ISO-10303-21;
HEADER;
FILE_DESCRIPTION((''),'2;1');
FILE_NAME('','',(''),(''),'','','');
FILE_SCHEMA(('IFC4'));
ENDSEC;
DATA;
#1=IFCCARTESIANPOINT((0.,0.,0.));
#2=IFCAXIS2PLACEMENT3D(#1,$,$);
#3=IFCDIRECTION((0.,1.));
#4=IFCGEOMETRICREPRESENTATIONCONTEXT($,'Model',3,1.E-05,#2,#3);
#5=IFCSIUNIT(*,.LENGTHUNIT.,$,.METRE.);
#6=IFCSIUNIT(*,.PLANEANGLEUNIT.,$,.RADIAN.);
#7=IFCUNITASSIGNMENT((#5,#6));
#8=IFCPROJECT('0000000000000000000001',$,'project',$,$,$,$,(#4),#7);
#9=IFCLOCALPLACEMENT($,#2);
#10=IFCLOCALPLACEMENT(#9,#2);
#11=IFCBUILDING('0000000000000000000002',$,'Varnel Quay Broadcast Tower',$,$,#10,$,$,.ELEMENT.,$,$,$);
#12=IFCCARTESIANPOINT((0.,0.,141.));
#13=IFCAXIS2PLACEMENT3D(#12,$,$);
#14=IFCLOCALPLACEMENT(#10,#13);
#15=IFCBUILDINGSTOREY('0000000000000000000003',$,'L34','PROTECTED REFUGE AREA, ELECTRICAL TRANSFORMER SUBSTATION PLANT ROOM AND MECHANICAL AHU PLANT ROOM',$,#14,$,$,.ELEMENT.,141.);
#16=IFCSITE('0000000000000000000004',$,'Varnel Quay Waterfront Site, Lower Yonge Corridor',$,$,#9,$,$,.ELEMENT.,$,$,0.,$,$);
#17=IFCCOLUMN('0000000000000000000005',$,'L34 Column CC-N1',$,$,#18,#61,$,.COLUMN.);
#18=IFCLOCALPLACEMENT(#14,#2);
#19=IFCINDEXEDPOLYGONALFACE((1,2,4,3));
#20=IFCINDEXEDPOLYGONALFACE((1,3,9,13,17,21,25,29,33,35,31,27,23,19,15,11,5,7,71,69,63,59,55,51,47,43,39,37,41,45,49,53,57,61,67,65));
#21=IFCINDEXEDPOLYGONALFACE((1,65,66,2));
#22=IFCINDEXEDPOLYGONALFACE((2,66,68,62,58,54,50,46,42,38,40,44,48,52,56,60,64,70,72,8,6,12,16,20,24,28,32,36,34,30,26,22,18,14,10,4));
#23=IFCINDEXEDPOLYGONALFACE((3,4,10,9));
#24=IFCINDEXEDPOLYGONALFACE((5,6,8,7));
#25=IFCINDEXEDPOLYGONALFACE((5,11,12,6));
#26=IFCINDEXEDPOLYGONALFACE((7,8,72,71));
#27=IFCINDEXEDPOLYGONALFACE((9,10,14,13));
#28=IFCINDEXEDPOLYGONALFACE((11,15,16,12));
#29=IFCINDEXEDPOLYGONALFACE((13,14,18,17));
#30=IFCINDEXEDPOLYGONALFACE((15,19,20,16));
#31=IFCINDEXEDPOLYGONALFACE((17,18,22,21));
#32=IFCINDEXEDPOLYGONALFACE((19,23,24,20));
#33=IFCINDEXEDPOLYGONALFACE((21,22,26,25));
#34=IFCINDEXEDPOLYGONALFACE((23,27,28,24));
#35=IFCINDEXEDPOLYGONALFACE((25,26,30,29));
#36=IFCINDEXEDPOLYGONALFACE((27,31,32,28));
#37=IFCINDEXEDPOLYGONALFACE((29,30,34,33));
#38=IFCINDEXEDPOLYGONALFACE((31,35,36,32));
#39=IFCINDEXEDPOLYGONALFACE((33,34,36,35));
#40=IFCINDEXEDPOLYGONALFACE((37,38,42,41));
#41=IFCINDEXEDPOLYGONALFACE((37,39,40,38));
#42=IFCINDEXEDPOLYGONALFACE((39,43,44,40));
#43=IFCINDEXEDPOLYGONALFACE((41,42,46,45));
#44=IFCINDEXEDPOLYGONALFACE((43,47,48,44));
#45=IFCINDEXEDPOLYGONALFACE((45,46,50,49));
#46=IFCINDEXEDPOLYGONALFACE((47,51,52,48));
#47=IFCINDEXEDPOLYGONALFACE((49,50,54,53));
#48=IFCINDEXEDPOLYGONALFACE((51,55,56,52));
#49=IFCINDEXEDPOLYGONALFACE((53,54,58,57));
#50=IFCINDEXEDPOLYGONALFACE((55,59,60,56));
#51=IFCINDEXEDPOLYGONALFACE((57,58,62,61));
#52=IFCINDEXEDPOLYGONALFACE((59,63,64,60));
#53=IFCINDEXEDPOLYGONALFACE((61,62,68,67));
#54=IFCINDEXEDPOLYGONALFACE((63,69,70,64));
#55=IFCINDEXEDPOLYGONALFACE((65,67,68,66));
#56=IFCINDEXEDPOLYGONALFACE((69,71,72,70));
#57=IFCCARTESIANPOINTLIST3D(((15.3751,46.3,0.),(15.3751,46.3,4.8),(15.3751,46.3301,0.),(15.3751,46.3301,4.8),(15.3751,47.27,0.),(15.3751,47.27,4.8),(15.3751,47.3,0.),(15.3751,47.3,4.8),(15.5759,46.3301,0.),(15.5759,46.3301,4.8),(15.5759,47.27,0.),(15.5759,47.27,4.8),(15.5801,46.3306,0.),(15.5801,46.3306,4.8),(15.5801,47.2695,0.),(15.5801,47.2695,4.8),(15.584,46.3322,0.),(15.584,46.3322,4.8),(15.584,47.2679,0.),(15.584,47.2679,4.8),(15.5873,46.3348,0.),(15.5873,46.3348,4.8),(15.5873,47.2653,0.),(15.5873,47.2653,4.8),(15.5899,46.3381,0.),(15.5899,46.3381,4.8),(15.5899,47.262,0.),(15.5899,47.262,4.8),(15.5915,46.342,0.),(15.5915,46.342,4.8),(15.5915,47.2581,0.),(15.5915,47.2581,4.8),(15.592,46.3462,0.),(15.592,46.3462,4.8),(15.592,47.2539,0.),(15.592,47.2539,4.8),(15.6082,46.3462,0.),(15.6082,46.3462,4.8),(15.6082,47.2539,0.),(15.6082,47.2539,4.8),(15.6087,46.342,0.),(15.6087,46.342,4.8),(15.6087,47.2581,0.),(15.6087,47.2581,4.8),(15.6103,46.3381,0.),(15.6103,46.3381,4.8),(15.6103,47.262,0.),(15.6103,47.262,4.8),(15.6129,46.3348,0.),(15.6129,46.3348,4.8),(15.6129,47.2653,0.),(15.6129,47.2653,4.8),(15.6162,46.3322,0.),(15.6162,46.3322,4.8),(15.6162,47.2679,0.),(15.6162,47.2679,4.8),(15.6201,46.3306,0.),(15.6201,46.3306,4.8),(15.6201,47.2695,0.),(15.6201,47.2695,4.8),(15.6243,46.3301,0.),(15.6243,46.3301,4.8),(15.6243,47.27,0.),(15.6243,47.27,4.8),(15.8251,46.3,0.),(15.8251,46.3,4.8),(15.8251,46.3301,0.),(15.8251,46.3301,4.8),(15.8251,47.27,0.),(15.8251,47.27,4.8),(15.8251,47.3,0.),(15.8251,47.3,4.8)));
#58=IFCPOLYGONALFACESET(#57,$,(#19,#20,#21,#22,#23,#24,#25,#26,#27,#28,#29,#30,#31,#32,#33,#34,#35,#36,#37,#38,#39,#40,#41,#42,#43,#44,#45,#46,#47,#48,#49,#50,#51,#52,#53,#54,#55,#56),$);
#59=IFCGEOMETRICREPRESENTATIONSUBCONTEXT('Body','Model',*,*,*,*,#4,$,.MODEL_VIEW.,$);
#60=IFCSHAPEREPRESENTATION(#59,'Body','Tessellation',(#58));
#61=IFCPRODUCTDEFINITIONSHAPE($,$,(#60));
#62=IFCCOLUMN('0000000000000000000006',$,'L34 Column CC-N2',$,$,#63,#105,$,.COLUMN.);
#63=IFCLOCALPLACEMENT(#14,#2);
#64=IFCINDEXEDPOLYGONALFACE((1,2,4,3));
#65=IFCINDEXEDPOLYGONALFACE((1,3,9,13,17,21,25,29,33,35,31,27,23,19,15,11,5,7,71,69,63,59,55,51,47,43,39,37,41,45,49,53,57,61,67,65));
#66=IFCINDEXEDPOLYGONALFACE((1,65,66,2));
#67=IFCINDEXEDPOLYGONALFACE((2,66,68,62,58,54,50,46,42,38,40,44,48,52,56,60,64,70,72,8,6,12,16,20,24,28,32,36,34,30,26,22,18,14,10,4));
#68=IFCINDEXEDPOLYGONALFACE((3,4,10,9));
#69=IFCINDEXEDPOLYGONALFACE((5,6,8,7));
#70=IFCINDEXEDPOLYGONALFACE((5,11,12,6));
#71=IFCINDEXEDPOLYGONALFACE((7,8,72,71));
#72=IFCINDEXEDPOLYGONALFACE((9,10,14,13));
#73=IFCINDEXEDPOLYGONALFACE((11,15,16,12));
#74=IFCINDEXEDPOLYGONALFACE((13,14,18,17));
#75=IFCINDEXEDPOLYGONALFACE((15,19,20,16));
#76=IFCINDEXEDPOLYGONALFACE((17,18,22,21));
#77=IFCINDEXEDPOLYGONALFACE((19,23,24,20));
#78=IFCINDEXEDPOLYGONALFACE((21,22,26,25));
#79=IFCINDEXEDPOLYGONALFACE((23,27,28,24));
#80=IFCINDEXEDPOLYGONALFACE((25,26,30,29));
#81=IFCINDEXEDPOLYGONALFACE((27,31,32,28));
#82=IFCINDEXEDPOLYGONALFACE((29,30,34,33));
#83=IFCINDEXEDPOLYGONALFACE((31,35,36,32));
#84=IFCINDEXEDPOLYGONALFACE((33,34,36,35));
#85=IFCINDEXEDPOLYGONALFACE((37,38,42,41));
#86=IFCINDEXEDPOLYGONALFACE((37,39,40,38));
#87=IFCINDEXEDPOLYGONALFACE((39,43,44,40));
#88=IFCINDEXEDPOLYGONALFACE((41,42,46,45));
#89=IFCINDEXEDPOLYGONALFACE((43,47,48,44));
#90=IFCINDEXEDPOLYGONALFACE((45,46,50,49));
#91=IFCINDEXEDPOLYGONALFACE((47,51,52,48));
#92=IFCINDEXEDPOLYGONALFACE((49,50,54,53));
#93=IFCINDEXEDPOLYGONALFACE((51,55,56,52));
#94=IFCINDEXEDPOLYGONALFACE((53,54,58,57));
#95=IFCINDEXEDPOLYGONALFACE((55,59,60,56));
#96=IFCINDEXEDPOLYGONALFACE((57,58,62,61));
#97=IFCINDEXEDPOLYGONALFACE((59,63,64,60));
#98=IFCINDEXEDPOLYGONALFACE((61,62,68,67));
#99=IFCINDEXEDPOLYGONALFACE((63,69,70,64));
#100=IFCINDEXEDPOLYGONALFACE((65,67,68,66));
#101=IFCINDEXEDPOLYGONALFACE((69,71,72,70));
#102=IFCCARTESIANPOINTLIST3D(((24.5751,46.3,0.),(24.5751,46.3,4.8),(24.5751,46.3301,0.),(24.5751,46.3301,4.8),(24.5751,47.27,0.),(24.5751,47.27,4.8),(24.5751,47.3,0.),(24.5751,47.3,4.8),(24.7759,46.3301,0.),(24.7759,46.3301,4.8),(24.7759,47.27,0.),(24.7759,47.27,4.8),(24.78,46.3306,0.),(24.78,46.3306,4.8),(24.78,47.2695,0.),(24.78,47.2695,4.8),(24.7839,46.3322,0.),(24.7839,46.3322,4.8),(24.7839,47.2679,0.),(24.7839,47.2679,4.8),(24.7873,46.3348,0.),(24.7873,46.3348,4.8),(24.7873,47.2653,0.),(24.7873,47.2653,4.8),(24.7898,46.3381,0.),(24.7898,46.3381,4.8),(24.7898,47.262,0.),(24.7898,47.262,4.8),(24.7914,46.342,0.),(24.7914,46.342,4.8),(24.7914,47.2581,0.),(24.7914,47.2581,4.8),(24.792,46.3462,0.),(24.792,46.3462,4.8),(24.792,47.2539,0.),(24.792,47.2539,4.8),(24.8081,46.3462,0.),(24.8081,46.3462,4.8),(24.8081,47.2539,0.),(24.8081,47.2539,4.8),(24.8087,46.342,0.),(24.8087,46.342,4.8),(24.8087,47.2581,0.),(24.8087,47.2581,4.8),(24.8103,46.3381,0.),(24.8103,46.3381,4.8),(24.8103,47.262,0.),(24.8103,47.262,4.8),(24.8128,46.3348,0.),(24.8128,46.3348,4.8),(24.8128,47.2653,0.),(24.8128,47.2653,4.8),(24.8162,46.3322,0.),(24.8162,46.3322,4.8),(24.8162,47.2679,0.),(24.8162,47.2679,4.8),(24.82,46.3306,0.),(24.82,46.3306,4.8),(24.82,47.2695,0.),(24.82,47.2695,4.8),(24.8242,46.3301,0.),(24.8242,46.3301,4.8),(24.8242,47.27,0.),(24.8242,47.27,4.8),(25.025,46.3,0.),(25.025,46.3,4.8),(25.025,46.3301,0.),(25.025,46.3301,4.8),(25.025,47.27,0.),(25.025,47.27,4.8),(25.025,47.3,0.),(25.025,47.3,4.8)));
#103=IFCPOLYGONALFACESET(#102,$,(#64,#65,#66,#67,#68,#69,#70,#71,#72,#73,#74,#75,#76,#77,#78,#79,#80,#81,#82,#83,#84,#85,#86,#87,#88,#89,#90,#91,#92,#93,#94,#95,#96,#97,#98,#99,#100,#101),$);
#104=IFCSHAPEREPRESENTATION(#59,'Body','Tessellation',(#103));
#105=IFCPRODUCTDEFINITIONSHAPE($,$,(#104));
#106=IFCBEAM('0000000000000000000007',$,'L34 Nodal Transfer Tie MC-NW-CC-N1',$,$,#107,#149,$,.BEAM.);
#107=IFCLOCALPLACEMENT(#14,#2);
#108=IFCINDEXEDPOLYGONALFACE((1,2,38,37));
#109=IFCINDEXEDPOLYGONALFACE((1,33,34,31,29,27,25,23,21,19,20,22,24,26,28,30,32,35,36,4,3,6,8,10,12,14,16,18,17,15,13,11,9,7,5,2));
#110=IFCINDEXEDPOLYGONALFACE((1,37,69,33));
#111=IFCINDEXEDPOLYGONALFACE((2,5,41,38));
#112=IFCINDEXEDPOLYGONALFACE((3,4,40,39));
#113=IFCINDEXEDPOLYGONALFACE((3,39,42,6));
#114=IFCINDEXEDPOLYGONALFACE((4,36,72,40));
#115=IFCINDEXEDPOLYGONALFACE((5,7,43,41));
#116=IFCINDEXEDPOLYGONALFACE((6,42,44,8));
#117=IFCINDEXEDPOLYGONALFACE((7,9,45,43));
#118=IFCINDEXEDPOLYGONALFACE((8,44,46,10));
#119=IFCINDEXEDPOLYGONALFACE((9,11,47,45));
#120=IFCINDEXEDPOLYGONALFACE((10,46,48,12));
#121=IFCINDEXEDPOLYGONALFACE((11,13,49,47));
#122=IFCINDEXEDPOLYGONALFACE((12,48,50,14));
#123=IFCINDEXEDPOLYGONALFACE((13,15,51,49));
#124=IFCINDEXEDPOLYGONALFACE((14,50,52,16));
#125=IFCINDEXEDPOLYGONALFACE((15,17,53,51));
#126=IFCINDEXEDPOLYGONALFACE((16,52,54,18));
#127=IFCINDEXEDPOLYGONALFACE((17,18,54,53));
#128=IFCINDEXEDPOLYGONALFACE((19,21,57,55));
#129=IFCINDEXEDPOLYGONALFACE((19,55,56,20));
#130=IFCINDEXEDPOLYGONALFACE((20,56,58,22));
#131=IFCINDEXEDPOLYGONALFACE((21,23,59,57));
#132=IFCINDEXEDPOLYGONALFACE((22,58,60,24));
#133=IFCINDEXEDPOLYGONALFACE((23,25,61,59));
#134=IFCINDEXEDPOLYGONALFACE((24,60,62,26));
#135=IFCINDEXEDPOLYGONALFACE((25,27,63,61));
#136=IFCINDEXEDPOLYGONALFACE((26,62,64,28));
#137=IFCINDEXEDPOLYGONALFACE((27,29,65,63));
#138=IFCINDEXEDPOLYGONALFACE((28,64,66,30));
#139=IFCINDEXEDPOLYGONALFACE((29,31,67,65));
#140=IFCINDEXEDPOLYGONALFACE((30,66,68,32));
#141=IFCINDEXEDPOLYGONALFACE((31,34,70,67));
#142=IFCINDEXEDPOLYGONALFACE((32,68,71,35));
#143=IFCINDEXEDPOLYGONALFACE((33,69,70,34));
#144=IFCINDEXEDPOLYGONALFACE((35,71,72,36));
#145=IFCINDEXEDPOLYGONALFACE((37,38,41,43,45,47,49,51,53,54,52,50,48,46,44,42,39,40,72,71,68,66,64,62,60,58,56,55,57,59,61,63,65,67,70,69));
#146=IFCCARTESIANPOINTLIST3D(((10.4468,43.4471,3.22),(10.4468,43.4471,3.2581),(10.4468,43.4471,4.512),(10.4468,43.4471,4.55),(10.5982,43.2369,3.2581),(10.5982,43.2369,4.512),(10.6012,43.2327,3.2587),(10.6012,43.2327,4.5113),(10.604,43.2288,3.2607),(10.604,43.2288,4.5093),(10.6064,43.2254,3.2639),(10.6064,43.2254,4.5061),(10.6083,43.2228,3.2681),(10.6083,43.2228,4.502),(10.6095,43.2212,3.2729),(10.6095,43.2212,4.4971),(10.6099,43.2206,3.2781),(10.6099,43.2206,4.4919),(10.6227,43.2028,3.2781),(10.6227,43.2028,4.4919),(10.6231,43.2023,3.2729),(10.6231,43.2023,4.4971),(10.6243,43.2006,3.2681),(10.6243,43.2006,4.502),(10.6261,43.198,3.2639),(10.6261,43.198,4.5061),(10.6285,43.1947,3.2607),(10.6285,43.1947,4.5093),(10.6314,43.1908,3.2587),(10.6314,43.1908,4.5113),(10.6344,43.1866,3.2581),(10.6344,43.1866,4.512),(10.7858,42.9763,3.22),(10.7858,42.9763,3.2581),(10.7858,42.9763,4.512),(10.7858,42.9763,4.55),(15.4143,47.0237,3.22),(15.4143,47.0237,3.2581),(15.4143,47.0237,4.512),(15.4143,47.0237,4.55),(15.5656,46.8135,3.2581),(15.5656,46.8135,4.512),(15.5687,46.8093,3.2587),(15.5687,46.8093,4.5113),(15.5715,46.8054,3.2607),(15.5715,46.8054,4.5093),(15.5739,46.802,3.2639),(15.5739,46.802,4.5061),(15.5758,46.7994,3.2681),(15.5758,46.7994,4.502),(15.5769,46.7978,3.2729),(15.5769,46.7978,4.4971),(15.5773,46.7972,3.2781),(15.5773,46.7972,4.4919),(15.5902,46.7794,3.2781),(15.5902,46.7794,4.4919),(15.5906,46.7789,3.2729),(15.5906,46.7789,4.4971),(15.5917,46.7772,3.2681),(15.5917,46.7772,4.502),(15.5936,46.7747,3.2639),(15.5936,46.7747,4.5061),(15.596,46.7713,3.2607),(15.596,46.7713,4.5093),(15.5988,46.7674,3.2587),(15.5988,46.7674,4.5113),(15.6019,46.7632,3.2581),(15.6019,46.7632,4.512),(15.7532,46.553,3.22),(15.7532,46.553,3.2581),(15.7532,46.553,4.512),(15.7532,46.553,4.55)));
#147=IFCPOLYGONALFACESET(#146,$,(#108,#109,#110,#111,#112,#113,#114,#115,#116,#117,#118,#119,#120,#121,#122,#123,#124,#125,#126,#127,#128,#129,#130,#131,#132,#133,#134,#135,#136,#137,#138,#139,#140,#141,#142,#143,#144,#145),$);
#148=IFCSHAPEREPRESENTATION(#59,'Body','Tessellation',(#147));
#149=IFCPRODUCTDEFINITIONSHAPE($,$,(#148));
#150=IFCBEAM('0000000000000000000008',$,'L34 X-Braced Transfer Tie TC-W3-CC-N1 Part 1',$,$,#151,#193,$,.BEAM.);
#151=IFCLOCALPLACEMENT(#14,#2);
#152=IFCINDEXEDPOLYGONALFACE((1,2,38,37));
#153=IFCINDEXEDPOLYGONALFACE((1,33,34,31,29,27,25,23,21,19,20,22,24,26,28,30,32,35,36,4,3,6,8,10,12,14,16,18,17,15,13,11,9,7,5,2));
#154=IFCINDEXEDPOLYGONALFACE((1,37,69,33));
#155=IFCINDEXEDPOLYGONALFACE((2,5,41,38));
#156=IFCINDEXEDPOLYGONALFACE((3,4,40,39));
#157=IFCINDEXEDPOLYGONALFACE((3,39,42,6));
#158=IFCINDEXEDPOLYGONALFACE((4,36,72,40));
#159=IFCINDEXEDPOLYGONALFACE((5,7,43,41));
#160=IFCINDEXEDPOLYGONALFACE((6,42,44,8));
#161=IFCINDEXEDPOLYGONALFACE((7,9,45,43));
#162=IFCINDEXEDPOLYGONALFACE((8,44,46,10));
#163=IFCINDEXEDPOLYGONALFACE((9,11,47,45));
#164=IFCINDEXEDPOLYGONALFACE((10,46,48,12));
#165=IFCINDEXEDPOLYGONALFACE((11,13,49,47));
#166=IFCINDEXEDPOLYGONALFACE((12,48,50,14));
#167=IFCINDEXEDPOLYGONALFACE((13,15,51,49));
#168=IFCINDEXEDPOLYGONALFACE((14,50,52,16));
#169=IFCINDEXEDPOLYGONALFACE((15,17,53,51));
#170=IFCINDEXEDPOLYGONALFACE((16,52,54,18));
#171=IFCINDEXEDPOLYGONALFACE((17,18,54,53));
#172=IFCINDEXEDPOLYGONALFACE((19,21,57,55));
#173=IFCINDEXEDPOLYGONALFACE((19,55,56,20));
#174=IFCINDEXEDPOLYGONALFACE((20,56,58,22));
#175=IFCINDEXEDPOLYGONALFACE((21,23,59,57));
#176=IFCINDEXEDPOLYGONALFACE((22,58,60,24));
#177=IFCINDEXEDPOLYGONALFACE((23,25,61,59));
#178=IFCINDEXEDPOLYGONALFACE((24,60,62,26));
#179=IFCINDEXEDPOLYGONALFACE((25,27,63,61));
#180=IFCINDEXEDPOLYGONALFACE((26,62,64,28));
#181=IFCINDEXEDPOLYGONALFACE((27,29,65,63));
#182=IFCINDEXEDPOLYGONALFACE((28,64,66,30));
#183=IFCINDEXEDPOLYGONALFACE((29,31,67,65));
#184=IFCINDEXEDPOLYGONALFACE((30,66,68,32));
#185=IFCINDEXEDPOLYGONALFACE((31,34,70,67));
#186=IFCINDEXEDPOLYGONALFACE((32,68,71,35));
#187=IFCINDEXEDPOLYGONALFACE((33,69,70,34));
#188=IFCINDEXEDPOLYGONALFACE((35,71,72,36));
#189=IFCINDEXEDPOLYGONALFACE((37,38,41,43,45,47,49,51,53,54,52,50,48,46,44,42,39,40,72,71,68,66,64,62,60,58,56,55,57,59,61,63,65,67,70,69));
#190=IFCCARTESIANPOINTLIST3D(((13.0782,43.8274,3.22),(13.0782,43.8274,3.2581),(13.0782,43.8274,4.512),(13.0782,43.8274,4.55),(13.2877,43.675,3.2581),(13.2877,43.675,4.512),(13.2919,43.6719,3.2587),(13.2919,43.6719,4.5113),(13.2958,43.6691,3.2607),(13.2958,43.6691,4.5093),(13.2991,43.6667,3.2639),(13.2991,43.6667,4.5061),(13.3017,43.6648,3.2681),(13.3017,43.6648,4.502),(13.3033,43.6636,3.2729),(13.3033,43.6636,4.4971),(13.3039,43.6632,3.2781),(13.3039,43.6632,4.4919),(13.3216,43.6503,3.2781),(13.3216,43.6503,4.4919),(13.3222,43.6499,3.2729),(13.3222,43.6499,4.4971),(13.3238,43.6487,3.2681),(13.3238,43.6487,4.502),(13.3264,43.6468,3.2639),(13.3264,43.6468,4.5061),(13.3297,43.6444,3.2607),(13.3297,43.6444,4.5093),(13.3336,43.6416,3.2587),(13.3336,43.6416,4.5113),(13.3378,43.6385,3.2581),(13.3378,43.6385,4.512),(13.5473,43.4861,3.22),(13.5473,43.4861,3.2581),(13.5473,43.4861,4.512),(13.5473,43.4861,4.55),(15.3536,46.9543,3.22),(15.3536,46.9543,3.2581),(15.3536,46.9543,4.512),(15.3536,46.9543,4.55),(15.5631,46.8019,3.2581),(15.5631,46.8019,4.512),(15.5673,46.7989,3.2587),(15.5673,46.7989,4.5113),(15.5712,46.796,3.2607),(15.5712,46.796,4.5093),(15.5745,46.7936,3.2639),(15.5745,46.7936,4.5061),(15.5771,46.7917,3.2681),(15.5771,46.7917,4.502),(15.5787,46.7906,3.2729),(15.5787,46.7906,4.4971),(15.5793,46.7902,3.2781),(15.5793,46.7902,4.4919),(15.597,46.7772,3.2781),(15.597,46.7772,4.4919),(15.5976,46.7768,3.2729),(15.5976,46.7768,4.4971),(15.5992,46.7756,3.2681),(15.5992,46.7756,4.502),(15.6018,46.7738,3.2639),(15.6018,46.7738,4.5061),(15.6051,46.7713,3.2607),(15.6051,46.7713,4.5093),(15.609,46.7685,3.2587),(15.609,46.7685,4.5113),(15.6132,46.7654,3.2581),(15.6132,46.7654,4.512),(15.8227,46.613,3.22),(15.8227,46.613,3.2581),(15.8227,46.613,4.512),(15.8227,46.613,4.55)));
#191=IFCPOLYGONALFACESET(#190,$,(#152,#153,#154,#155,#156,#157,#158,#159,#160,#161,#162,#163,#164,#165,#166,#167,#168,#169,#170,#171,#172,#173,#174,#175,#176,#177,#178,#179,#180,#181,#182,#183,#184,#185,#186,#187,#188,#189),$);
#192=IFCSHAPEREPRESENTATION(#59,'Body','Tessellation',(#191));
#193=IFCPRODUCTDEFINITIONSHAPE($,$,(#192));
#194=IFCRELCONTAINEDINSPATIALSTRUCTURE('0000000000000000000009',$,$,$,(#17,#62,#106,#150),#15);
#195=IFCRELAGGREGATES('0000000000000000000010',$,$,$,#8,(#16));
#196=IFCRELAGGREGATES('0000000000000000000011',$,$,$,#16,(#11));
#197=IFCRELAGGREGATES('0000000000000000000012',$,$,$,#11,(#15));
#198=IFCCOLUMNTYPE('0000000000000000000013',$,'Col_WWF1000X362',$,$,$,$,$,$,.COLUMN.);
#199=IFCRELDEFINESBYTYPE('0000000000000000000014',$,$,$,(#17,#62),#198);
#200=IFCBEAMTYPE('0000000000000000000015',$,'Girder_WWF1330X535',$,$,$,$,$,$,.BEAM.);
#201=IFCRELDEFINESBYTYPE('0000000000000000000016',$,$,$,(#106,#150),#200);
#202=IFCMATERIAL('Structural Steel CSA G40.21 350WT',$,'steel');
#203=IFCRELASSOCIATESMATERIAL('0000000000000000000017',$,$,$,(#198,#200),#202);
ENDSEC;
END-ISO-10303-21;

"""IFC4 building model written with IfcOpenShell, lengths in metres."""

from ifc_helpers import new_model, si_unit, direction, frame, origin, origin_2d, place, context, subcontext, project, spatial, i_section, extrude, source, transform, mapped, material, material_profile, profile_set, type_object, type_shapes, element, save


model = new_model("IFC4")

# Units and contexts
model_context = context("Model", 3, precision=1e-05, world=origin(), true_north=direction((0.0, 1.0)))
body_context = subcontext(model_context, "Body", "Model", "MODEL_VIEW")
ifc_project = project(units=[si_unit("LENGTHUNIT", "METRE"), si_unit("PLANEANGLEUNIT", "RADIAN")], contexts=[model_context])

# Site, building, storey
site_placement = place(None, origin())
site = spatial("IfcSite", under=ifc_project, at=site_placement, Name="Varnel Quay Waterfront Site, Lower Yonge Corridor", CompositionType="ELEMENT", RefElevation=0.0)
building_placement = place(site_placement, origin())
building = spatial("IfcBuilding", under=site, at=building_placement, Name="Varnel Quay Broadcast Tower", CompositionType="ELEMENT")
storey_placement = place(building_placement, frame((0.0, 0.0, 141.0)))
storey = spatial("IfcBuildingStorey", under=building, at=storey_placement, Name="L34", Description="PROTECTED REFUGE AREA, ELECTRICAL TRANSFORMER SUBSTATION PLANT ROOM AND MECHANICAL AHU PLANT ROOM", CompositionType="ELEMENT", Elevation=141.0)

# Columns
ifc_material_1 = material(Name="Structural Steel CSA G40.21 350WT", Category="steel")
ifc_material_profile_1 = material_profile(ifc_material_1, i_section(OverallWidth=0.45, OverallDepth=1.0, WebThickness=0.0161, FlangeThickness=0.03, FilletRadius=0.0161, at=origin_2d()), Name="WWF1000X362")
ifc_profile_set_1 = profile_set([ifc_material_profile_1], Name="Structural Steel CSA G40.21 350WT")
column_type = type_object("IfcColumnType", Name="Col_WWF1000X362", PredefinedType="COLUMN", material=ifc_profile_set_1)
shared_shape_1 = source(origin(), body_context, "Body", "SweptSolid", [
    extrude(i_section(OverallWidth=0.45, OverallDepth=1.0, WebThickness=0.0161, FlangeThickness=0.03, FilletRadius=0.0161, at=origin_2d()), origin(), (0.0, 0.0, 1.0), 4.8),
])
type_shapes(column_type, [shared_shape_1])
for number, where, z_axis, x_axis, name in (
    (1, (15.6001, 46.8, 0.0), (0.0, 0.0, 1.0), (1.0, 0.0, 0.0), "L34 Column CC-N1"),
    (2, (24.8, 46.8, 0.0), (0.0, 0.0, 1.0), (1.0, 0.0, 0.0), "L34 Column CC-N2"),
):
    element("IfcColumn", number, at=place(storey_placement, frame(where, z_axis=z_axis, x_axis=x_axis)), inside=storey, type_object=column_type, Name=name, PredefinedType="COLUMN", context=body_context, shape_type="MappedRepresentation", body=[
        mapped(shared_shape_1, transform((0.0, 0.0, 0.0), x_axis=(1.0, 0.0, 0.0), y_axis=(0.0, 1.0, 0.0), z_axis=(0.0, 0.0, 1.0), scale=1.0)),
    ])

# Beams
ifc_material_profile_2 = material_profile(ifc_material_1, i_section(OverallWidth=0.5801, OverallDepth=1.3301, WebThickness=0.022, FlangeThickness=0.0381, FilletRadius=0.02, at=origin_2d()), Name="WWF1330X535")
ifc_profile_set_2 = profile_set([ifc_material_profile_2], Name="Structural Steel CSA G40.21 350WT")
beam_type = type_object("IfcBeamType", Name="Girder_WWF1330X535", PredefinedType="BEAM", material=ifc_profile_set_2)
shared_shape_2 = source(origin(), body_context, "Body", "SweptSolid", [
    extrude(i_section(OverallWidth=0.5801, OverallDepth=1.3301, WebThickness=0.022, FlangeThickness=0.0381, FilletRadius=0.02, at=origin_2d()), origin(), (0.0, 0.0, 1.0), 6.1211),
])
beam_1_placement = place(storey_placement, frame((15.5837, 46.7883, 3.885), z_axis=(-0.811531, -0.584309, 0.0), x_axis=(0.584309, -0.811531, 0.0)))
element("IfcBeam", 3, at=beam_1_placement, inside=storey, type_object=beam_type, Name="L34 Nodal Transfer Tie MC-NW-CC-N1", PredefinedType="BEAM", context=body_context, shape_type="MappedRepresentation", body=[
    mapped(shared_shape_2, transform((0.0, 0.0, 0.0), x_axis=(1.0, 0.0, 0.0), y_axis=(0.0, 1.0, 0.0), z_axis=(0.0, 0.0, 1.0), scale=1.0)),
])
shared_shape_3 = source(origin(), body_context, "Body", "SweptSolid", [
    extrude(i_section(OverallWidth=0.5801, OverallDepth=1.3301, WebThickness=0.022, FlangeThickness=0.0381, FilletRadius=0.02, at=origin_2d()), origin(), (0.0, 0.0, 1.0), 3.8672),
])
type_shapes(beam_type, [shared_shape_2, shared_shape_3])
beam_2_placement = place(storey_placement, frame((15.5881, 46.7837, 3.885), z_axis=(-0.588382, -0.808583, 0.0), x_axis=(0.808583, -0.588382, 0.0)))
element("IfcBeam", 4, at=beam_2_placement, inside=storey, type_object=beam_type, Name="L34 X-Braced Transfer Tie TC-W3-CC-N1 Part 1", PredefinedType="BEAM", context=body_context, shape_type="MappedRepresentation", body=[
    mapped(shared_shape_3, transform((0.0, 0.0, 0.0), x_axis=(1.0, 0.0, 0.0), y_axis=(0.0, 1.0, 0.0), z_axis=(0.0, 0.0, 1.0), scale=1.0)),
])

save(model, "model.ifc")
